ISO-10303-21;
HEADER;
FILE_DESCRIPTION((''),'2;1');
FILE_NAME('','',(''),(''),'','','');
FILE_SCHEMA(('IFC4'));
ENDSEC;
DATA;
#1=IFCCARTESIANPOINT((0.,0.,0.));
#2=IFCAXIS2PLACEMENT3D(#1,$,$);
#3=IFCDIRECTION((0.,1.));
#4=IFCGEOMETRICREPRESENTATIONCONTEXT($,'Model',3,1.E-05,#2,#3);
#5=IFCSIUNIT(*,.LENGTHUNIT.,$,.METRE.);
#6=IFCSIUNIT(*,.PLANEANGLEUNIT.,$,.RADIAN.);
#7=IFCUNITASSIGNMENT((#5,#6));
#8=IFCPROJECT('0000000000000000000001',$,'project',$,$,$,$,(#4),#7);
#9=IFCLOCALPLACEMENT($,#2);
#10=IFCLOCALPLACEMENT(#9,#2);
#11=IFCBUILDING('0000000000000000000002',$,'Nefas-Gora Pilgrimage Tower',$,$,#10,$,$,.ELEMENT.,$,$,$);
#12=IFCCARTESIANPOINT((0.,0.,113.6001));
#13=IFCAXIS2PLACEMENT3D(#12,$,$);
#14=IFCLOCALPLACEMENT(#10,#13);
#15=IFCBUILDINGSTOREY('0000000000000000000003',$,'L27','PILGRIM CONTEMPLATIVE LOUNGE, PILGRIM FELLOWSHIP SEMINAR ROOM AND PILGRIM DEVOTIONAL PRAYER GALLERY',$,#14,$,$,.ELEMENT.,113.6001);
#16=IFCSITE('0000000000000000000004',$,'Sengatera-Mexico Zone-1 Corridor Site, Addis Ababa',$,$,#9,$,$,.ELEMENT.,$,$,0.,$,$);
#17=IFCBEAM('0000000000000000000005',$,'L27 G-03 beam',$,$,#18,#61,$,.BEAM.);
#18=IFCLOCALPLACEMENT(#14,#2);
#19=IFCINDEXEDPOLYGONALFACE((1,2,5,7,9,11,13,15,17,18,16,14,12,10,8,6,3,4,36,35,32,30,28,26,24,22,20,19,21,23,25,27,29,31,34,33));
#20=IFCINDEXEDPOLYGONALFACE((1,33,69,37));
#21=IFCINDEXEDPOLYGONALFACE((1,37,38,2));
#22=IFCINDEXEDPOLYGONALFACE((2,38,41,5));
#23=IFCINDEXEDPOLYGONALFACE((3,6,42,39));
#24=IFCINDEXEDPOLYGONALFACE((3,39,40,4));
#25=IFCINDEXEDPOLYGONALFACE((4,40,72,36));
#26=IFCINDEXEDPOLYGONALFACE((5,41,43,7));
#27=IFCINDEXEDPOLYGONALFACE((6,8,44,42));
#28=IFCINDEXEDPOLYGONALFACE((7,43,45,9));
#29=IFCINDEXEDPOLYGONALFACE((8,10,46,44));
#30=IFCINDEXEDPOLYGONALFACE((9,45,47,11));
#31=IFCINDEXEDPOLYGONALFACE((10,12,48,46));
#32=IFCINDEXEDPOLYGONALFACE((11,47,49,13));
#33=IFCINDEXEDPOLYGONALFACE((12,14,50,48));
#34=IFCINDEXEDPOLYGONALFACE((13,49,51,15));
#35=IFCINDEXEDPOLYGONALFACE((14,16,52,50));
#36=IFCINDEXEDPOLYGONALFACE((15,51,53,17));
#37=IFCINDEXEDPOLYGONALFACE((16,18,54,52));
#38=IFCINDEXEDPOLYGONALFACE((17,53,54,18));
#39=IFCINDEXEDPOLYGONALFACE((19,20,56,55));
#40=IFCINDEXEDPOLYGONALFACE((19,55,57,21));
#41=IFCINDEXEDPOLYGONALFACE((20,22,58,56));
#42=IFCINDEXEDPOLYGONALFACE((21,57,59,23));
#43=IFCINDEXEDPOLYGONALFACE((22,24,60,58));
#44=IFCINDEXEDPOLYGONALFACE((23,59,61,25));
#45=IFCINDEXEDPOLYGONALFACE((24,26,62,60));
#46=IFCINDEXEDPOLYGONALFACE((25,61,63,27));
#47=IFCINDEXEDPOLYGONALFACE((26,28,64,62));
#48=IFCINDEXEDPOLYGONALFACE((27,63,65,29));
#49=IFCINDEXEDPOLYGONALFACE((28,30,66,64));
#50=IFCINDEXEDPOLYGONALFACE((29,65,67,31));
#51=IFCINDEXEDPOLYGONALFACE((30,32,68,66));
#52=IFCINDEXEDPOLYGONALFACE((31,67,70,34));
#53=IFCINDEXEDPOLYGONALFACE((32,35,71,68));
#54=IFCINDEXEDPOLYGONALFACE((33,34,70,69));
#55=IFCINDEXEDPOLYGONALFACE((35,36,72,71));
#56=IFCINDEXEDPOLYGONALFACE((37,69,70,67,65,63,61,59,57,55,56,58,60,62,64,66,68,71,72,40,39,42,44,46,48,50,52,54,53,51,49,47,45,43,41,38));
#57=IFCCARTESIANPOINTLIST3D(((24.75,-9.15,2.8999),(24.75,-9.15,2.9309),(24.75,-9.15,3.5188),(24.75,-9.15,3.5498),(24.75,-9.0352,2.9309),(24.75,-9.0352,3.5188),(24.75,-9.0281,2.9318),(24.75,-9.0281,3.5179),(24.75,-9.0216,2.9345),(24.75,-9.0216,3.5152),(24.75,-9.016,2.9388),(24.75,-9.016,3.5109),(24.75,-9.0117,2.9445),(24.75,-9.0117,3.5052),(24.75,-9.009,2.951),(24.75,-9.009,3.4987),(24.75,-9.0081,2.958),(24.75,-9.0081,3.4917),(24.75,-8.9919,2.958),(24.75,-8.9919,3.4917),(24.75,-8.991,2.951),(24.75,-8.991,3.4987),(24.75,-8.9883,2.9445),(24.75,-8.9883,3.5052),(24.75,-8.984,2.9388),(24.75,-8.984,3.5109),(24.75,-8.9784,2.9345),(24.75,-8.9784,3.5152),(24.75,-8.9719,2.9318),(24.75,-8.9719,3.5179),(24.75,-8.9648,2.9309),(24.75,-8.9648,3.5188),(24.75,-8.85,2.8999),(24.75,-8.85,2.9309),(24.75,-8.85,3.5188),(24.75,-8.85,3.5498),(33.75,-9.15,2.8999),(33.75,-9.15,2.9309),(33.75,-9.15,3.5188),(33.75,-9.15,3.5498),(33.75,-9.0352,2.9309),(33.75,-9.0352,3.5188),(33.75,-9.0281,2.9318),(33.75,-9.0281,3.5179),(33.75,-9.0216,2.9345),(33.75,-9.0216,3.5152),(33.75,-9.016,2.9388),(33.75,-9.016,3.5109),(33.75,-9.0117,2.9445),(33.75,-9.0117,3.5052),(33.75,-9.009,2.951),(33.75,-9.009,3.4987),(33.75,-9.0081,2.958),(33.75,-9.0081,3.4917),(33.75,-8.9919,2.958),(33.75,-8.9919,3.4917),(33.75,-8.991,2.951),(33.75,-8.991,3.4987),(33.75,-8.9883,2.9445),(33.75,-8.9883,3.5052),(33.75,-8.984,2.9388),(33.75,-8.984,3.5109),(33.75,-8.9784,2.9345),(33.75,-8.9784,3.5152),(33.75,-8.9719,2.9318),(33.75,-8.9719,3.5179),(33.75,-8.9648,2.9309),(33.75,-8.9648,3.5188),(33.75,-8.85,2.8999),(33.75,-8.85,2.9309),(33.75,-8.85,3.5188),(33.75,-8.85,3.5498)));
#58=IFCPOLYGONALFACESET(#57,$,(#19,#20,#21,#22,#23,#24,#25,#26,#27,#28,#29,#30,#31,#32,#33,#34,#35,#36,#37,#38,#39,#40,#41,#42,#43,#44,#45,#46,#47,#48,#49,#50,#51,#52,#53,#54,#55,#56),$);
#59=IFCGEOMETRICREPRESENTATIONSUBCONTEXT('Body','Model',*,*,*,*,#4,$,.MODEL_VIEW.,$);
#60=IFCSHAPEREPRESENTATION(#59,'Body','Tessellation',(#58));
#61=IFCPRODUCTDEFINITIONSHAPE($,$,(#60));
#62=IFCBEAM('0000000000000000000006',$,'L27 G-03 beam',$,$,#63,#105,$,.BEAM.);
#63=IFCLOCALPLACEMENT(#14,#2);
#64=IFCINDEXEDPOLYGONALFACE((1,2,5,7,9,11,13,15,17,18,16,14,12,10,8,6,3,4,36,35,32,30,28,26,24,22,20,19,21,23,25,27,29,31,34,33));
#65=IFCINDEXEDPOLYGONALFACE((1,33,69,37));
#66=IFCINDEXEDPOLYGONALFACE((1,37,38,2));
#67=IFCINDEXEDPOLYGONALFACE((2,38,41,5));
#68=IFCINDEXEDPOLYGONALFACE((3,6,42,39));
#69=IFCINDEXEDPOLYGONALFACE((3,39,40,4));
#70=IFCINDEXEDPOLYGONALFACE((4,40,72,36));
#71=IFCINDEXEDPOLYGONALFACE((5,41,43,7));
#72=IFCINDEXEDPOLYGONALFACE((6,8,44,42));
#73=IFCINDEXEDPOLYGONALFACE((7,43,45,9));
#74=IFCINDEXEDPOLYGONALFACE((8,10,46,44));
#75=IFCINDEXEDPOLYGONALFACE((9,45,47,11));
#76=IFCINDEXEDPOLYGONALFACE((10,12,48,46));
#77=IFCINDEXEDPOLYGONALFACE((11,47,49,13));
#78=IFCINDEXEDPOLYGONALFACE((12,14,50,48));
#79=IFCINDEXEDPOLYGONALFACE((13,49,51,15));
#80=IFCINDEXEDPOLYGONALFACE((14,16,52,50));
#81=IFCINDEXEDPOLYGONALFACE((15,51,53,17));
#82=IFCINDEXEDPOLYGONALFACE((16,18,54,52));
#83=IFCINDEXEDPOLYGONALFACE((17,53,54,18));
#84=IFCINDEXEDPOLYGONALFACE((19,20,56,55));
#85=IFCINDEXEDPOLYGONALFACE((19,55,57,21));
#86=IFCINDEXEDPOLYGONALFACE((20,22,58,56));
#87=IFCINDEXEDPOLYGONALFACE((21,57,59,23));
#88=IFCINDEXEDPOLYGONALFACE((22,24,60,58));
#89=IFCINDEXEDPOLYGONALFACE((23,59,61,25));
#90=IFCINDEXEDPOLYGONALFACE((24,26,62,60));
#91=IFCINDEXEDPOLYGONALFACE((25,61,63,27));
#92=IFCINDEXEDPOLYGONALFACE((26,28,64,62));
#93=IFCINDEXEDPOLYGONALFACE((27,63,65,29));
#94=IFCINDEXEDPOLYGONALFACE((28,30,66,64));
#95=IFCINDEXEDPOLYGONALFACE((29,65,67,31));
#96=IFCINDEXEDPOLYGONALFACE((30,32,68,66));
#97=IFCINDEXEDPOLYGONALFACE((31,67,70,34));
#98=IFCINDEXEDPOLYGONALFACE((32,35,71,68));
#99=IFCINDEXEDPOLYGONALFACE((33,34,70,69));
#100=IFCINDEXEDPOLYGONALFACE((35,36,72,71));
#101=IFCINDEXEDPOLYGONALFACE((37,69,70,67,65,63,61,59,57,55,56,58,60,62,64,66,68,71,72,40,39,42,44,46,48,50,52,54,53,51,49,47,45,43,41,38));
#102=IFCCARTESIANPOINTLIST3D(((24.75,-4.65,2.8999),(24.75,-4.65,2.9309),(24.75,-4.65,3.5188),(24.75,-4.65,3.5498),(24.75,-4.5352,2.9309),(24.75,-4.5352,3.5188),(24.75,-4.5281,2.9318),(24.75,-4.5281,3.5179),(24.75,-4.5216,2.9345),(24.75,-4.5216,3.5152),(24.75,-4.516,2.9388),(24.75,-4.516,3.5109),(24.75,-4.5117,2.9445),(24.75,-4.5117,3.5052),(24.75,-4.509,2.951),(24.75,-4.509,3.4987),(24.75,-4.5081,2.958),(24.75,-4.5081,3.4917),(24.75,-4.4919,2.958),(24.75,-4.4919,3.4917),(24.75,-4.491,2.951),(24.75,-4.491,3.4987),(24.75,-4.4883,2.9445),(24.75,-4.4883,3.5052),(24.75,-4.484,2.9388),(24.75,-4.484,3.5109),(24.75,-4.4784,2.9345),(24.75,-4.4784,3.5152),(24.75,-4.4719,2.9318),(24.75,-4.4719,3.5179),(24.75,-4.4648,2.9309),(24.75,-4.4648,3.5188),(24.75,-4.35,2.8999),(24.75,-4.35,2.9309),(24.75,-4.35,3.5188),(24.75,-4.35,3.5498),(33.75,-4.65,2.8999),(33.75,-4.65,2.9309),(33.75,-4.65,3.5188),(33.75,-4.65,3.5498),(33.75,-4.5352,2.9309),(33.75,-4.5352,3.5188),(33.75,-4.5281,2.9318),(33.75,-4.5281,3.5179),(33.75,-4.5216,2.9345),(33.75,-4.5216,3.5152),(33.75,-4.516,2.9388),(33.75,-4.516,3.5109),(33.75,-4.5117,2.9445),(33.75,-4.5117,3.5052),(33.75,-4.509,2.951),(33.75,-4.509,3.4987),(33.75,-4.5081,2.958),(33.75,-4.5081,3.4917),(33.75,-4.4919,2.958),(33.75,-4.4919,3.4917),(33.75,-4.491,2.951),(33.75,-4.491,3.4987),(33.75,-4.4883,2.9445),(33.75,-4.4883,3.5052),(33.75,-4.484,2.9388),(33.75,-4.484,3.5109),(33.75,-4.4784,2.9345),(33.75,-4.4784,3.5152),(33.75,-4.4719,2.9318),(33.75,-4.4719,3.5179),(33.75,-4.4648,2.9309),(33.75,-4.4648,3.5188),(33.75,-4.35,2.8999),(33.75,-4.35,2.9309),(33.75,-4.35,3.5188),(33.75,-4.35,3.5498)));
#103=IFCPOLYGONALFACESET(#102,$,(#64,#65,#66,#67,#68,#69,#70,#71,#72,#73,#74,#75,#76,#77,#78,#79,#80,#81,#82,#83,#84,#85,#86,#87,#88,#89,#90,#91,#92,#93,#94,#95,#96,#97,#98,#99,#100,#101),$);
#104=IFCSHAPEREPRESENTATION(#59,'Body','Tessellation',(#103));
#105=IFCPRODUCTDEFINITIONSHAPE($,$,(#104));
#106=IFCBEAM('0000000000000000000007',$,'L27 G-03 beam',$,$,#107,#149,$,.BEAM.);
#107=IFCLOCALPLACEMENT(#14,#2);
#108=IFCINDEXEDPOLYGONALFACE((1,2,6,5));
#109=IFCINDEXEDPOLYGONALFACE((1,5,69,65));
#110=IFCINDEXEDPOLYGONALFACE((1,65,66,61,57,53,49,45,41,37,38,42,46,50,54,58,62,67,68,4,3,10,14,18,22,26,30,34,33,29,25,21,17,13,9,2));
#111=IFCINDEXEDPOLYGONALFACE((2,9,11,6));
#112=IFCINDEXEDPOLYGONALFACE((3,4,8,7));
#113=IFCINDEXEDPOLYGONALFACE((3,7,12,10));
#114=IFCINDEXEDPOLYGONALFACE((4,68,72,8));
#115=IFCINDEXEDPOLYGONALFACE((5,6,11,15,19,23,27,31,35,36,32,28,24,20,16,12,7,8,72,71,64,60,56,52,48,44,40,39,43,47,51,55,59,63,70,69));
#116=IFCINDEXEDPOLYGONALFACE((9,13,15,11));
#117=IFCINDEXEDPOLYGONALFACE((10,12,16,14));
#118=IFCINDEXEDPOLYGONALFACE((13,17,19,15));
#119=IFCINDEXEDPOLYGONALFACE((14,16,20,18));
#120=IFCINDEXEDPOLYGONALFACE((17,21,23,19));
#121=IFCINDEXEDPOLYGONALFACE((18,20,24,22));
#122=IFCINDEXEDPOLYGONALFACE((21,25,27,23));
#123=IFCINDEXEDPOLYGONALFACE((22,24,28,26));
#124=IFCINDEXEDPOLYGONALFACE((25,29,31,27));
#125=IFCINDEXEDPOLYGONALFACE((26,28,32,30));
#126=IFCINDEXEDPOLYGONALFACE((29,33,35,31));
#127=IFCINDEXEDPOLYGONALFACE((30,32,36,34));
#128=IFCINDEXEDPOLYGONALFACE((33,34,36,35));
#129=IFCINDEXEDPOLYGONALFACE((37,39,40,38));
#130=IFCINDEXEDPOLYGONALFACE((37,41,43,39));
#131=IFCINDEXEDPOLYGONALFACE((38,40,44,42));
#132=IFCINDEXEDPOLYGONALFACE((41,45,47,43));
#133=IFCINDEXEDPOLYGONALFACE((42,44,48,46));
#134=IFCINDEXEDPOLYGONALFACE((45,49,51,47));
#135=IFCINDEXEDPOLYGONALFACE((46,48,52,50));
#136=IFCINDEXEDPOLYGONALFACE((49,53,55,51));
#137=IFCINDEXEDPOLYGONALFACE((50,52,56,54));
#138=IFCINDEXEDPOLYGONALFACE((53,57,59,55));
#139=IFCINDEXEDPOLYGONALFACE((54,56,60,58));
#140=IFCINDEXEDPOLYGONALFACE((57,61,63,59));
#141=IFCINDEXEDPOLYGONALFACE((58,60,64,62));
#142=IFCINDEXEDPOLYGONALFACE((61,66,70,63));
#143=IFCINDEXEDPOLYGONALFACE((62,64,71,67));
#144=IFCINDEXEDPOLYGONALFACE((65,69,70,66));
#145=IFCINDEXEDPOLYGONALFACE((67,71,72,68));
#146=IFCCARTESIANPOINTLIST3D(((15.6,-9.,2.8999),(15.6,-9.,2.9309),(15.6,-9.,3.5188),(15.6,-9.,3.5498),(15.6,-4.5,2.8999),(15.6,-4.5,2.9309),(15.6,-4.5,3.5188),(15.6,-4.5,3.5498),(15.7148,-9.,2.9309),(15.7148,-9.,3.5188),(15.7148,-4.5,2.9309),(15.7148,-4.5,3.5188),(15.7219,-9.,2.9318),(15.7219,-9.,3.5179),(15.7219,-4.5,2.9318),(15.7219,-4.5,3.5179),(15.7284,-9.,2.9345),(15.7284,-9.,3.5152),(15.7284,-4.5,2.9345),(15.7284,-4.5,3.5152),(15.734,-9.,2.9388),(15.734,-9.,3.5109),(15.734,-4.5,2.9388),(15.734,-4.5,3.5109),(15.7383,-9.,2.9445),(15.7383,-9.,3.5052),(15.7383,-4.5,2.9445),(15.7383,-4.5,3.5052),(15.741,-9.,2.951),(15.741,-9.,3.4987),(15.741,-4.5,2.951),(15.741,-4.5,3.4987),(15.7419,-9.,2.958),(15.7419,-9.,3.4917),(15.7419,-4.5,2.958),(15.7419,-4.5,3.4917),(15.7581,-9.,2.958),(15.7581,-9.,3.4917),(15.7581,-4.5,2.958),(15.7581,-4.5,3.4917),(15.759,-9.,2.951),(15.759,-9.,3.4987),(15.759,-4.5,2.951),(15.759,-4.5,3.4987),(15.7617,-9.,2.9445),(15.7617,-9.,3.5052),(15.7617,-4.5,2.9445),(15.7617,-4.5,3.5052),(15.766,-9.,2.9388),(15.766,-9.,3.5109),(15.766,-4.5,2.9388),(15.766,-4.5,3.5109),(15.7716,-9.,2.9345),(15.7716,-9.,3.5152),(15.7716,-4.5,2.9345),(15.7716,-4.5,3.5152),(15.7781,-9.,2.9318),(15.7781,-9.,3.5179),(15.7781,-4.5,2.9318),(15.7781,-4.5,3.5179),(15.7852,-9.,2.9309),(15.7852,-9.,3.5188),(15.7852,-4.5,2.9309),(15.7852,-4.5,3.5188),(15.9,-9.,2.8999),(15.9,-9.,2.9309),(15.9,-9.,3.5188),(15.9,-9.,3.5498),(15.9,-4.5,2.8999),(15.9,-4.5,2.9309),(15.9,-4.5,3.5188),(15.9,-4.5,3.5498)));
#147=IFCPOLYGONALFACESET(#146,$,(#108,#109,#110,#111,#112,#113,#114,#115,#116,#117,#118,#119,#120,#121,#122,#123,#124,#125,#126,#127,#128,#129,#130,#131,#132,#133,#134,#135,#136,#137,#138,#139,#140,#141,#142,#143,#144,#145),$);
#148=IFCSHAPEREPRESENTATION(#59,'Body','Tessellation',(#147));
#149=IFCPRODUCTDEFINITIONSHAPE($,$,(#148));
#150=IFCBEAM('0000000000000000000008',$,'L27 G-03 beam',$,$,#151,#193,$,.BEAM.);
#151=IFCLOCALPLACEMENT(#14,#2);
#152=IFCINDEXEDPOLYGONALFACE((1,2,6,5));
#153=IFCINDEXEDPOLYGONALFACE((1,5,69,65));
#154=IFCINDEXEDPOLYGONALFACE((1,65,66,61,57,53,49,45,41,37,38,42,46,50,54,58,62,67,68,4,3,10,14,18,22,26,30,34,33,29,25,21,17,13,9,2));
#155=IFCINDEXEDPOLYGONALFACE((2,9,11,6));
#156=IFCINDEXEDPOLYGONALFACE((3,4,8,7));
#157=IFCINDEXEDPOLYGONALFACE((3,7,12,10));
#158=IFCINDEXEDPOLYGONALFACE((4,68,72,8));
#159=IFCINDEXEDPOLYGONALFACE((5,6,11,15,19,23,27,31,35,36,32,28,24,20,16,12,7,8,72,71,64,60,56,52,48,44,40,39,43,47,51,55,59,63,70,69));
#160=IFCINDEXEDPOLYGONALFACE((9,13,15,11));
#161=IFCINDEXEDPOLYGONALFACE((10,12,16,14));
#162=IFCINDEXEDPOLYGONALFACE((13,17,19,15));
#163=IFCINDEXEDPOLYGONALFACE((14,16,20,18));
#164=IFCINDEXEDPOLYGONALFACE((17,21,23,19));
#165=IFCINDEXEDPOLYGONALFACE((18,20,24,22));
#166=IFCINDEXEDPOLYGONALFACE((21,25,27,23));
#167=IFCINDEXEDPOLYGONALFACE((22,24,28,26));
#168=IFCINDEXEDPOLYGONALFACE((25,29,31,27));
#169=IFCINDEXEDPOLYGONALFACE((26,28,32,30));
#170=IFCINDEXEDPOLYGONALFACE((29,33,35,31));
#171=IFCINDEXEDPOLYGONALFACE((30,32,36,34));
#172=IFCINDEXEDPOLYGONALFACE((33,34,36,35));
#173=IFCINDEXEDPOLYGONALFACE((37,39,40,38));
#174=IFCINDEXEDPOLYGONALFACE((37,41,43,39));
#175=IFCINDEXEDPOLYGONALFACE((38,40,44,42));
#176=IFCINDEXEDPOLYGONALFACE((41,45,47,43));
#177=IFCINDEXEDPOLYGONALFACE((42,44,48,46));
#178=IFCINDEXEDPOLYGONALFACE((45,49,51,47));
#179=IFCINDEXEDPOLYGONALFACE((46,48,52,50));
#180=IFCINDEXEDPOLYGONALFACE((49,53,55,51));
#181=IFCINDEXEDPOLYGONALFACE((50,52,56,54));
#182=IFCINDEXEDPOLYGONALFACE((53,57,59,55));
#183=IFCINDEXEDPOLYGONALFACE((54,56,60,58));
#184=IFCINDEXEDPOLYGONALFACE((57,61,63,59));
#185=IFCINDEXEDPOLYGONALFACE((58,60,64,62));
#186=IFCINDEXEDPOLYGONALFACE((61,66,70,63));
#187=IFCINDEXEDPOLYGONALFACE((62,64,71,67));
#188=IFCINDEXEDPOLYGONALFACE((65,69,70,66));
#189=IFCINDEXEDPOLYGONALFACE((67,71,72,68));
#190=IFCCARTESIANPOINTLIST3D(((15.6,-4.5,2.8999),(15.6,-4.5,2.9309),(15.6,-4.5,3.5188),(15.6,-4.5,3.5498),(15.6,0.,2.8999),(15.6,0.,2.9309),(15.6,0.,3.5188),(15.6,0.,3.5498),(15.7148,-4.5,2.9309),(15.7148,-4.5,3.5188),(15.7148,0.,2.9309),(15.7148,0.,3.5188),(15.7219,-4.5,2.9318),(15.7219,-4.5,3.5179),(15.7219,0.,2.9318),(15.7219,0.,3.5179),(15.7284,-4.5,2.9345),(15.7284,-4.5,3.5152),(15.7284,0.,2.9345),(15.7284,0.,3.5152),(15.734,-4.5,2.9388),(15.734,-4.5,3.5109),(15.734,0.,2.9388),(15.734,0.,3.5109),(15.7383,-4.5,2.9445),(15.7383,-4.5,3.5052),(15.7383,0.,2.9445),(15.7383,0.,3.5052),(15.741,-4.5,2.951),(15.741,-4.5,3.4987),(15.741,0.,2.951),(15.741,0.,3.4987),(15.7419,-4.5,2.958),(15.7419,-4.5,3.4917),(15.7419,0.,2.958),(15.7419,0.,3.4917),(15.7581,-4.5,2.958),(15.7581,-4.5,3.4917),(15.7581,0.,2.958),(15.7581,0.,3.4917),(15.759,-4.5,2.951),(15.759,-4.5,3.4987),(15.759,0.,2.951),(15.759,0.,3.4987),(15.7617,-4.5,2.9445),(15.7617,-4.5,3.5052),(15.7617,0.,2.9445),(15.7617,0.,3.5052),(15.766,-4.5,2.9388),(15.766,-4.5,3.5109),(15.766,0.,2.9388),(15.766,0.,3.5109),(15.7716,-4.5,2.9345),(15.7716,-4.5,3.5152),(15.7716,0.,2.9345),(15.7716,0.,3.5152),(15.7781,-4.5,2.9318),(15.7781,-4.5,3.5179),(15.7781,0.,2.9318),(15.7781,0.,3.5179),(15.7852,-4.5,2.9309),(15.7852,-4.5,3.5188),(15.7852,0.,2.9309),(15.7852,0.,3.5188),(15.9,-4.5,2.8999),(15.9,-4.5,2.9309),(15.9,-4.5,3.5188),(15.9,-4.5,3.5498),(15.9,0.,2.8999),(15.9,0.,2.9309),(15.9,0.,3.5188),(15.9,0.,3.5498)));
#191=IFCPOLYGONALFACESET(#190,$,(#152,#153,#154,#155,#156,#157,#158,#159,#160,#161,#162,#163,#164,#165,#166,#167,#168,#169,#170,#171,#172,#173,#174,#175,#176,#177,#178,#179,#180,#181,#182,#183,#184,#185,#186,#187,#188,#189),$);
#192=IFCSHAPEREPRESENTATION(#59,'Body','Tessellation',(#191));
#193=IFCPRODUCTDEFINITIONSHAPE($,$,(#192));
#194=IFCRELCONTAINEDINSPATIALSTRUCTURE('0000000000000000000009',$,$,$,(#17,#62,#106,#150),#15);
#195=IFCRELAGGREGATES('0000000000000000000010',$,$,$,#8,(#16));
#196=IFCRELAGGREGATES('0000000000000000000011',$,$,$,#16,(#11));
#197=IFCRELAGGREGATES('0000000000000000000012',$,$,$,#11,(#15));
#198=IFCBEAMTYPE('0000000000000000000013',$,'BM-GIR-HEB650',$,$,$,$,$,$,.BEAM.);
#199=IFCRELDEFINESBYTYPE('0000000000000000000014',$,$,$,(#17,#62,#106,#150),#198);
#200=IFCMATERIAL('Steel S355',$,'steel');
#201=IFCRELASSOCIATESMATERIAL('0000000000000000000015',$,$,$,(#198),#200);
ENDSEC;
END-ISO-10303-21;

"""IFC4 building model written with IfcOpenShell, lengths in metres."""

from ifc_helpers import new_model, si_unit, direction, frame, origin, origin_2d, place, context, subcontext, project, spatial, i_section, extrude, source, transform, mapped, material, material_profile, profile_set, type_object, element, save


model = new_model("IFC4")

# Units and contexts
model_context = context("Model", 3, precision=1e-05, world=origin(), true_north=direction((0.0, 1.0)))
body_context = subcontext(model_context, "Body", "Model", "MODEL_VIEW")
ifc_project = project(units=[si_unit("LENGTHUNIT", "METRE"), si_unit("PLANEANGLEUNIT", "RADIAN")], contexts=[model_context])

# Site, building, storey
site_placement = place(None, origin())
site = spatial("IfcSite", under=ifc_project, at=site_placement, Name="Sengatera-Mexico Zone-1 Corridor Site, Addis Ababa", CompositionType="ELEMENT", RefElevation=0.0)
building_placement = place(site_placement, origin())
building = spatial("IfcBuilding", under=site, at=building_placement, Name="Nefas-Gora Pilgrimage Tower", CompositionType="ELEMENT")
storey_placement = place(building_placement, frame((0.0, 0.0, 113.6001)))
storey = spatial("IfcBuildingStorey", under=building, at=storey_placement, Name="L27", Description="PILGRIM CONTEMPLATIVE LOUNGE, PILGRIM FELLOWSHIP SEMINAR ROOM AND PILGRIM DEVOTIONAL PRAYER GALLERY", CompositionType="ELEMENT", Elevation=113.6001)

# Beams
ifc_material_1 = material(Name="Steel S355", Category="steel")
ifc_material_profile_1 = material_profile(ifc_material_1, i_section(OverallWidth=0.3, OverallDepth=0.6499, WebThickness=0.0161, FlangeThickness=0.031, FilletRadius=0.0271, at=origin_2d()), Name="HEB 650")
ifc_profile_set_1 = profile_set([ifc_material_profile_1], Name="Steel S355")
beam_type_1 = type_object("IfcBeamType", Name="BM-GIR-HEB650", PredefinedType="BEAM", material=ifc_profile_set_1)
shared_shape_1 = source(origin(), body_context, "Body", "SweptSolid", [
    extrude(i_section(OverallWidth=0.3, OverallDepth=0.6499, WebThickness=0.0161, FlangeThickness=0.031, FilletRadius=0.0271, at=origin_2d()), origin(), (0.0, 0.0, 1.0), 9.0),
])
for number, where, z_axis, x_axis, name in (
    (1, (24.75, -9.0, 3.2249), (1.0, 0.0, 0.0), (0.0, 1.0, 0.0), "L27 G-03 beam"),
    (2, (24.75, -4.5, 3.2249), (1.0, 0.0, 0.0), (0.0, 1.0, 0.0), "L27 G-03 beam"),
):
    element("IfcBeam", number, at=place(storey_placement, frame(where, z_axis=z_axis, x_axis=x_axis)), inside=storey, type_object=beam_type_1, Name=name, PredefinedType="BEAM", context=body_context, shape_type="MappedRepresentation", body=[
        mapped(shared_shape_1, transform((0.0, 0.0, 0.0), x_axis=(1.0, 0.0, 0.0), y_axis=(0.0, 1.0, 0.0), z_axis=(0.0, 0.0, 1.0), scale=1.0)),
    ])
shared_shape_2 = source(origin(), body_context, "Body", "SweptSolid", [
    extrude(i_section(OverallWidth=0.3, OverallDepth=0.6499, WebThickness=0.0161, FlangeThickness=0.031, FilletRadius=0.0271, at=origin_2d()), origin(), (0.0, 0.0, 1.0), 4.5),
])
for number, where, z_axis, x_axis, name in (
    (3, (15.75, -9.0, 3.2249), (0.0, 1.0, 0.0), (-1.0, 0.0, 0.0), "L27 G-03 beam"),
    (4, (15.75, -4.5, 3.2249), (0.0, 1.0, 0.0), (-1.0, 0.0, 0.0), "L27 G-03 beam"),
):
    element("IfcBeam", number, at=place(storey_placement, frame(where, z_axis=z_axis, x_axis=x_axis)), inside=storey, type_object=beam_type_1, Name=name, PredefinedType="BEAM", context=body_context, shape_type="MappedRepresentation", body=[
        mapped(shared_shape_2, transform((0.0, 0.0, 0.0), x_axis=(1.0, 0.0, 0.0), y_axis=(0.0, 1.0, 0.0), z_axis=(0.0, 0.0, 1.0), scale=1.0)),
    ])

save(model, "model.ifc")
